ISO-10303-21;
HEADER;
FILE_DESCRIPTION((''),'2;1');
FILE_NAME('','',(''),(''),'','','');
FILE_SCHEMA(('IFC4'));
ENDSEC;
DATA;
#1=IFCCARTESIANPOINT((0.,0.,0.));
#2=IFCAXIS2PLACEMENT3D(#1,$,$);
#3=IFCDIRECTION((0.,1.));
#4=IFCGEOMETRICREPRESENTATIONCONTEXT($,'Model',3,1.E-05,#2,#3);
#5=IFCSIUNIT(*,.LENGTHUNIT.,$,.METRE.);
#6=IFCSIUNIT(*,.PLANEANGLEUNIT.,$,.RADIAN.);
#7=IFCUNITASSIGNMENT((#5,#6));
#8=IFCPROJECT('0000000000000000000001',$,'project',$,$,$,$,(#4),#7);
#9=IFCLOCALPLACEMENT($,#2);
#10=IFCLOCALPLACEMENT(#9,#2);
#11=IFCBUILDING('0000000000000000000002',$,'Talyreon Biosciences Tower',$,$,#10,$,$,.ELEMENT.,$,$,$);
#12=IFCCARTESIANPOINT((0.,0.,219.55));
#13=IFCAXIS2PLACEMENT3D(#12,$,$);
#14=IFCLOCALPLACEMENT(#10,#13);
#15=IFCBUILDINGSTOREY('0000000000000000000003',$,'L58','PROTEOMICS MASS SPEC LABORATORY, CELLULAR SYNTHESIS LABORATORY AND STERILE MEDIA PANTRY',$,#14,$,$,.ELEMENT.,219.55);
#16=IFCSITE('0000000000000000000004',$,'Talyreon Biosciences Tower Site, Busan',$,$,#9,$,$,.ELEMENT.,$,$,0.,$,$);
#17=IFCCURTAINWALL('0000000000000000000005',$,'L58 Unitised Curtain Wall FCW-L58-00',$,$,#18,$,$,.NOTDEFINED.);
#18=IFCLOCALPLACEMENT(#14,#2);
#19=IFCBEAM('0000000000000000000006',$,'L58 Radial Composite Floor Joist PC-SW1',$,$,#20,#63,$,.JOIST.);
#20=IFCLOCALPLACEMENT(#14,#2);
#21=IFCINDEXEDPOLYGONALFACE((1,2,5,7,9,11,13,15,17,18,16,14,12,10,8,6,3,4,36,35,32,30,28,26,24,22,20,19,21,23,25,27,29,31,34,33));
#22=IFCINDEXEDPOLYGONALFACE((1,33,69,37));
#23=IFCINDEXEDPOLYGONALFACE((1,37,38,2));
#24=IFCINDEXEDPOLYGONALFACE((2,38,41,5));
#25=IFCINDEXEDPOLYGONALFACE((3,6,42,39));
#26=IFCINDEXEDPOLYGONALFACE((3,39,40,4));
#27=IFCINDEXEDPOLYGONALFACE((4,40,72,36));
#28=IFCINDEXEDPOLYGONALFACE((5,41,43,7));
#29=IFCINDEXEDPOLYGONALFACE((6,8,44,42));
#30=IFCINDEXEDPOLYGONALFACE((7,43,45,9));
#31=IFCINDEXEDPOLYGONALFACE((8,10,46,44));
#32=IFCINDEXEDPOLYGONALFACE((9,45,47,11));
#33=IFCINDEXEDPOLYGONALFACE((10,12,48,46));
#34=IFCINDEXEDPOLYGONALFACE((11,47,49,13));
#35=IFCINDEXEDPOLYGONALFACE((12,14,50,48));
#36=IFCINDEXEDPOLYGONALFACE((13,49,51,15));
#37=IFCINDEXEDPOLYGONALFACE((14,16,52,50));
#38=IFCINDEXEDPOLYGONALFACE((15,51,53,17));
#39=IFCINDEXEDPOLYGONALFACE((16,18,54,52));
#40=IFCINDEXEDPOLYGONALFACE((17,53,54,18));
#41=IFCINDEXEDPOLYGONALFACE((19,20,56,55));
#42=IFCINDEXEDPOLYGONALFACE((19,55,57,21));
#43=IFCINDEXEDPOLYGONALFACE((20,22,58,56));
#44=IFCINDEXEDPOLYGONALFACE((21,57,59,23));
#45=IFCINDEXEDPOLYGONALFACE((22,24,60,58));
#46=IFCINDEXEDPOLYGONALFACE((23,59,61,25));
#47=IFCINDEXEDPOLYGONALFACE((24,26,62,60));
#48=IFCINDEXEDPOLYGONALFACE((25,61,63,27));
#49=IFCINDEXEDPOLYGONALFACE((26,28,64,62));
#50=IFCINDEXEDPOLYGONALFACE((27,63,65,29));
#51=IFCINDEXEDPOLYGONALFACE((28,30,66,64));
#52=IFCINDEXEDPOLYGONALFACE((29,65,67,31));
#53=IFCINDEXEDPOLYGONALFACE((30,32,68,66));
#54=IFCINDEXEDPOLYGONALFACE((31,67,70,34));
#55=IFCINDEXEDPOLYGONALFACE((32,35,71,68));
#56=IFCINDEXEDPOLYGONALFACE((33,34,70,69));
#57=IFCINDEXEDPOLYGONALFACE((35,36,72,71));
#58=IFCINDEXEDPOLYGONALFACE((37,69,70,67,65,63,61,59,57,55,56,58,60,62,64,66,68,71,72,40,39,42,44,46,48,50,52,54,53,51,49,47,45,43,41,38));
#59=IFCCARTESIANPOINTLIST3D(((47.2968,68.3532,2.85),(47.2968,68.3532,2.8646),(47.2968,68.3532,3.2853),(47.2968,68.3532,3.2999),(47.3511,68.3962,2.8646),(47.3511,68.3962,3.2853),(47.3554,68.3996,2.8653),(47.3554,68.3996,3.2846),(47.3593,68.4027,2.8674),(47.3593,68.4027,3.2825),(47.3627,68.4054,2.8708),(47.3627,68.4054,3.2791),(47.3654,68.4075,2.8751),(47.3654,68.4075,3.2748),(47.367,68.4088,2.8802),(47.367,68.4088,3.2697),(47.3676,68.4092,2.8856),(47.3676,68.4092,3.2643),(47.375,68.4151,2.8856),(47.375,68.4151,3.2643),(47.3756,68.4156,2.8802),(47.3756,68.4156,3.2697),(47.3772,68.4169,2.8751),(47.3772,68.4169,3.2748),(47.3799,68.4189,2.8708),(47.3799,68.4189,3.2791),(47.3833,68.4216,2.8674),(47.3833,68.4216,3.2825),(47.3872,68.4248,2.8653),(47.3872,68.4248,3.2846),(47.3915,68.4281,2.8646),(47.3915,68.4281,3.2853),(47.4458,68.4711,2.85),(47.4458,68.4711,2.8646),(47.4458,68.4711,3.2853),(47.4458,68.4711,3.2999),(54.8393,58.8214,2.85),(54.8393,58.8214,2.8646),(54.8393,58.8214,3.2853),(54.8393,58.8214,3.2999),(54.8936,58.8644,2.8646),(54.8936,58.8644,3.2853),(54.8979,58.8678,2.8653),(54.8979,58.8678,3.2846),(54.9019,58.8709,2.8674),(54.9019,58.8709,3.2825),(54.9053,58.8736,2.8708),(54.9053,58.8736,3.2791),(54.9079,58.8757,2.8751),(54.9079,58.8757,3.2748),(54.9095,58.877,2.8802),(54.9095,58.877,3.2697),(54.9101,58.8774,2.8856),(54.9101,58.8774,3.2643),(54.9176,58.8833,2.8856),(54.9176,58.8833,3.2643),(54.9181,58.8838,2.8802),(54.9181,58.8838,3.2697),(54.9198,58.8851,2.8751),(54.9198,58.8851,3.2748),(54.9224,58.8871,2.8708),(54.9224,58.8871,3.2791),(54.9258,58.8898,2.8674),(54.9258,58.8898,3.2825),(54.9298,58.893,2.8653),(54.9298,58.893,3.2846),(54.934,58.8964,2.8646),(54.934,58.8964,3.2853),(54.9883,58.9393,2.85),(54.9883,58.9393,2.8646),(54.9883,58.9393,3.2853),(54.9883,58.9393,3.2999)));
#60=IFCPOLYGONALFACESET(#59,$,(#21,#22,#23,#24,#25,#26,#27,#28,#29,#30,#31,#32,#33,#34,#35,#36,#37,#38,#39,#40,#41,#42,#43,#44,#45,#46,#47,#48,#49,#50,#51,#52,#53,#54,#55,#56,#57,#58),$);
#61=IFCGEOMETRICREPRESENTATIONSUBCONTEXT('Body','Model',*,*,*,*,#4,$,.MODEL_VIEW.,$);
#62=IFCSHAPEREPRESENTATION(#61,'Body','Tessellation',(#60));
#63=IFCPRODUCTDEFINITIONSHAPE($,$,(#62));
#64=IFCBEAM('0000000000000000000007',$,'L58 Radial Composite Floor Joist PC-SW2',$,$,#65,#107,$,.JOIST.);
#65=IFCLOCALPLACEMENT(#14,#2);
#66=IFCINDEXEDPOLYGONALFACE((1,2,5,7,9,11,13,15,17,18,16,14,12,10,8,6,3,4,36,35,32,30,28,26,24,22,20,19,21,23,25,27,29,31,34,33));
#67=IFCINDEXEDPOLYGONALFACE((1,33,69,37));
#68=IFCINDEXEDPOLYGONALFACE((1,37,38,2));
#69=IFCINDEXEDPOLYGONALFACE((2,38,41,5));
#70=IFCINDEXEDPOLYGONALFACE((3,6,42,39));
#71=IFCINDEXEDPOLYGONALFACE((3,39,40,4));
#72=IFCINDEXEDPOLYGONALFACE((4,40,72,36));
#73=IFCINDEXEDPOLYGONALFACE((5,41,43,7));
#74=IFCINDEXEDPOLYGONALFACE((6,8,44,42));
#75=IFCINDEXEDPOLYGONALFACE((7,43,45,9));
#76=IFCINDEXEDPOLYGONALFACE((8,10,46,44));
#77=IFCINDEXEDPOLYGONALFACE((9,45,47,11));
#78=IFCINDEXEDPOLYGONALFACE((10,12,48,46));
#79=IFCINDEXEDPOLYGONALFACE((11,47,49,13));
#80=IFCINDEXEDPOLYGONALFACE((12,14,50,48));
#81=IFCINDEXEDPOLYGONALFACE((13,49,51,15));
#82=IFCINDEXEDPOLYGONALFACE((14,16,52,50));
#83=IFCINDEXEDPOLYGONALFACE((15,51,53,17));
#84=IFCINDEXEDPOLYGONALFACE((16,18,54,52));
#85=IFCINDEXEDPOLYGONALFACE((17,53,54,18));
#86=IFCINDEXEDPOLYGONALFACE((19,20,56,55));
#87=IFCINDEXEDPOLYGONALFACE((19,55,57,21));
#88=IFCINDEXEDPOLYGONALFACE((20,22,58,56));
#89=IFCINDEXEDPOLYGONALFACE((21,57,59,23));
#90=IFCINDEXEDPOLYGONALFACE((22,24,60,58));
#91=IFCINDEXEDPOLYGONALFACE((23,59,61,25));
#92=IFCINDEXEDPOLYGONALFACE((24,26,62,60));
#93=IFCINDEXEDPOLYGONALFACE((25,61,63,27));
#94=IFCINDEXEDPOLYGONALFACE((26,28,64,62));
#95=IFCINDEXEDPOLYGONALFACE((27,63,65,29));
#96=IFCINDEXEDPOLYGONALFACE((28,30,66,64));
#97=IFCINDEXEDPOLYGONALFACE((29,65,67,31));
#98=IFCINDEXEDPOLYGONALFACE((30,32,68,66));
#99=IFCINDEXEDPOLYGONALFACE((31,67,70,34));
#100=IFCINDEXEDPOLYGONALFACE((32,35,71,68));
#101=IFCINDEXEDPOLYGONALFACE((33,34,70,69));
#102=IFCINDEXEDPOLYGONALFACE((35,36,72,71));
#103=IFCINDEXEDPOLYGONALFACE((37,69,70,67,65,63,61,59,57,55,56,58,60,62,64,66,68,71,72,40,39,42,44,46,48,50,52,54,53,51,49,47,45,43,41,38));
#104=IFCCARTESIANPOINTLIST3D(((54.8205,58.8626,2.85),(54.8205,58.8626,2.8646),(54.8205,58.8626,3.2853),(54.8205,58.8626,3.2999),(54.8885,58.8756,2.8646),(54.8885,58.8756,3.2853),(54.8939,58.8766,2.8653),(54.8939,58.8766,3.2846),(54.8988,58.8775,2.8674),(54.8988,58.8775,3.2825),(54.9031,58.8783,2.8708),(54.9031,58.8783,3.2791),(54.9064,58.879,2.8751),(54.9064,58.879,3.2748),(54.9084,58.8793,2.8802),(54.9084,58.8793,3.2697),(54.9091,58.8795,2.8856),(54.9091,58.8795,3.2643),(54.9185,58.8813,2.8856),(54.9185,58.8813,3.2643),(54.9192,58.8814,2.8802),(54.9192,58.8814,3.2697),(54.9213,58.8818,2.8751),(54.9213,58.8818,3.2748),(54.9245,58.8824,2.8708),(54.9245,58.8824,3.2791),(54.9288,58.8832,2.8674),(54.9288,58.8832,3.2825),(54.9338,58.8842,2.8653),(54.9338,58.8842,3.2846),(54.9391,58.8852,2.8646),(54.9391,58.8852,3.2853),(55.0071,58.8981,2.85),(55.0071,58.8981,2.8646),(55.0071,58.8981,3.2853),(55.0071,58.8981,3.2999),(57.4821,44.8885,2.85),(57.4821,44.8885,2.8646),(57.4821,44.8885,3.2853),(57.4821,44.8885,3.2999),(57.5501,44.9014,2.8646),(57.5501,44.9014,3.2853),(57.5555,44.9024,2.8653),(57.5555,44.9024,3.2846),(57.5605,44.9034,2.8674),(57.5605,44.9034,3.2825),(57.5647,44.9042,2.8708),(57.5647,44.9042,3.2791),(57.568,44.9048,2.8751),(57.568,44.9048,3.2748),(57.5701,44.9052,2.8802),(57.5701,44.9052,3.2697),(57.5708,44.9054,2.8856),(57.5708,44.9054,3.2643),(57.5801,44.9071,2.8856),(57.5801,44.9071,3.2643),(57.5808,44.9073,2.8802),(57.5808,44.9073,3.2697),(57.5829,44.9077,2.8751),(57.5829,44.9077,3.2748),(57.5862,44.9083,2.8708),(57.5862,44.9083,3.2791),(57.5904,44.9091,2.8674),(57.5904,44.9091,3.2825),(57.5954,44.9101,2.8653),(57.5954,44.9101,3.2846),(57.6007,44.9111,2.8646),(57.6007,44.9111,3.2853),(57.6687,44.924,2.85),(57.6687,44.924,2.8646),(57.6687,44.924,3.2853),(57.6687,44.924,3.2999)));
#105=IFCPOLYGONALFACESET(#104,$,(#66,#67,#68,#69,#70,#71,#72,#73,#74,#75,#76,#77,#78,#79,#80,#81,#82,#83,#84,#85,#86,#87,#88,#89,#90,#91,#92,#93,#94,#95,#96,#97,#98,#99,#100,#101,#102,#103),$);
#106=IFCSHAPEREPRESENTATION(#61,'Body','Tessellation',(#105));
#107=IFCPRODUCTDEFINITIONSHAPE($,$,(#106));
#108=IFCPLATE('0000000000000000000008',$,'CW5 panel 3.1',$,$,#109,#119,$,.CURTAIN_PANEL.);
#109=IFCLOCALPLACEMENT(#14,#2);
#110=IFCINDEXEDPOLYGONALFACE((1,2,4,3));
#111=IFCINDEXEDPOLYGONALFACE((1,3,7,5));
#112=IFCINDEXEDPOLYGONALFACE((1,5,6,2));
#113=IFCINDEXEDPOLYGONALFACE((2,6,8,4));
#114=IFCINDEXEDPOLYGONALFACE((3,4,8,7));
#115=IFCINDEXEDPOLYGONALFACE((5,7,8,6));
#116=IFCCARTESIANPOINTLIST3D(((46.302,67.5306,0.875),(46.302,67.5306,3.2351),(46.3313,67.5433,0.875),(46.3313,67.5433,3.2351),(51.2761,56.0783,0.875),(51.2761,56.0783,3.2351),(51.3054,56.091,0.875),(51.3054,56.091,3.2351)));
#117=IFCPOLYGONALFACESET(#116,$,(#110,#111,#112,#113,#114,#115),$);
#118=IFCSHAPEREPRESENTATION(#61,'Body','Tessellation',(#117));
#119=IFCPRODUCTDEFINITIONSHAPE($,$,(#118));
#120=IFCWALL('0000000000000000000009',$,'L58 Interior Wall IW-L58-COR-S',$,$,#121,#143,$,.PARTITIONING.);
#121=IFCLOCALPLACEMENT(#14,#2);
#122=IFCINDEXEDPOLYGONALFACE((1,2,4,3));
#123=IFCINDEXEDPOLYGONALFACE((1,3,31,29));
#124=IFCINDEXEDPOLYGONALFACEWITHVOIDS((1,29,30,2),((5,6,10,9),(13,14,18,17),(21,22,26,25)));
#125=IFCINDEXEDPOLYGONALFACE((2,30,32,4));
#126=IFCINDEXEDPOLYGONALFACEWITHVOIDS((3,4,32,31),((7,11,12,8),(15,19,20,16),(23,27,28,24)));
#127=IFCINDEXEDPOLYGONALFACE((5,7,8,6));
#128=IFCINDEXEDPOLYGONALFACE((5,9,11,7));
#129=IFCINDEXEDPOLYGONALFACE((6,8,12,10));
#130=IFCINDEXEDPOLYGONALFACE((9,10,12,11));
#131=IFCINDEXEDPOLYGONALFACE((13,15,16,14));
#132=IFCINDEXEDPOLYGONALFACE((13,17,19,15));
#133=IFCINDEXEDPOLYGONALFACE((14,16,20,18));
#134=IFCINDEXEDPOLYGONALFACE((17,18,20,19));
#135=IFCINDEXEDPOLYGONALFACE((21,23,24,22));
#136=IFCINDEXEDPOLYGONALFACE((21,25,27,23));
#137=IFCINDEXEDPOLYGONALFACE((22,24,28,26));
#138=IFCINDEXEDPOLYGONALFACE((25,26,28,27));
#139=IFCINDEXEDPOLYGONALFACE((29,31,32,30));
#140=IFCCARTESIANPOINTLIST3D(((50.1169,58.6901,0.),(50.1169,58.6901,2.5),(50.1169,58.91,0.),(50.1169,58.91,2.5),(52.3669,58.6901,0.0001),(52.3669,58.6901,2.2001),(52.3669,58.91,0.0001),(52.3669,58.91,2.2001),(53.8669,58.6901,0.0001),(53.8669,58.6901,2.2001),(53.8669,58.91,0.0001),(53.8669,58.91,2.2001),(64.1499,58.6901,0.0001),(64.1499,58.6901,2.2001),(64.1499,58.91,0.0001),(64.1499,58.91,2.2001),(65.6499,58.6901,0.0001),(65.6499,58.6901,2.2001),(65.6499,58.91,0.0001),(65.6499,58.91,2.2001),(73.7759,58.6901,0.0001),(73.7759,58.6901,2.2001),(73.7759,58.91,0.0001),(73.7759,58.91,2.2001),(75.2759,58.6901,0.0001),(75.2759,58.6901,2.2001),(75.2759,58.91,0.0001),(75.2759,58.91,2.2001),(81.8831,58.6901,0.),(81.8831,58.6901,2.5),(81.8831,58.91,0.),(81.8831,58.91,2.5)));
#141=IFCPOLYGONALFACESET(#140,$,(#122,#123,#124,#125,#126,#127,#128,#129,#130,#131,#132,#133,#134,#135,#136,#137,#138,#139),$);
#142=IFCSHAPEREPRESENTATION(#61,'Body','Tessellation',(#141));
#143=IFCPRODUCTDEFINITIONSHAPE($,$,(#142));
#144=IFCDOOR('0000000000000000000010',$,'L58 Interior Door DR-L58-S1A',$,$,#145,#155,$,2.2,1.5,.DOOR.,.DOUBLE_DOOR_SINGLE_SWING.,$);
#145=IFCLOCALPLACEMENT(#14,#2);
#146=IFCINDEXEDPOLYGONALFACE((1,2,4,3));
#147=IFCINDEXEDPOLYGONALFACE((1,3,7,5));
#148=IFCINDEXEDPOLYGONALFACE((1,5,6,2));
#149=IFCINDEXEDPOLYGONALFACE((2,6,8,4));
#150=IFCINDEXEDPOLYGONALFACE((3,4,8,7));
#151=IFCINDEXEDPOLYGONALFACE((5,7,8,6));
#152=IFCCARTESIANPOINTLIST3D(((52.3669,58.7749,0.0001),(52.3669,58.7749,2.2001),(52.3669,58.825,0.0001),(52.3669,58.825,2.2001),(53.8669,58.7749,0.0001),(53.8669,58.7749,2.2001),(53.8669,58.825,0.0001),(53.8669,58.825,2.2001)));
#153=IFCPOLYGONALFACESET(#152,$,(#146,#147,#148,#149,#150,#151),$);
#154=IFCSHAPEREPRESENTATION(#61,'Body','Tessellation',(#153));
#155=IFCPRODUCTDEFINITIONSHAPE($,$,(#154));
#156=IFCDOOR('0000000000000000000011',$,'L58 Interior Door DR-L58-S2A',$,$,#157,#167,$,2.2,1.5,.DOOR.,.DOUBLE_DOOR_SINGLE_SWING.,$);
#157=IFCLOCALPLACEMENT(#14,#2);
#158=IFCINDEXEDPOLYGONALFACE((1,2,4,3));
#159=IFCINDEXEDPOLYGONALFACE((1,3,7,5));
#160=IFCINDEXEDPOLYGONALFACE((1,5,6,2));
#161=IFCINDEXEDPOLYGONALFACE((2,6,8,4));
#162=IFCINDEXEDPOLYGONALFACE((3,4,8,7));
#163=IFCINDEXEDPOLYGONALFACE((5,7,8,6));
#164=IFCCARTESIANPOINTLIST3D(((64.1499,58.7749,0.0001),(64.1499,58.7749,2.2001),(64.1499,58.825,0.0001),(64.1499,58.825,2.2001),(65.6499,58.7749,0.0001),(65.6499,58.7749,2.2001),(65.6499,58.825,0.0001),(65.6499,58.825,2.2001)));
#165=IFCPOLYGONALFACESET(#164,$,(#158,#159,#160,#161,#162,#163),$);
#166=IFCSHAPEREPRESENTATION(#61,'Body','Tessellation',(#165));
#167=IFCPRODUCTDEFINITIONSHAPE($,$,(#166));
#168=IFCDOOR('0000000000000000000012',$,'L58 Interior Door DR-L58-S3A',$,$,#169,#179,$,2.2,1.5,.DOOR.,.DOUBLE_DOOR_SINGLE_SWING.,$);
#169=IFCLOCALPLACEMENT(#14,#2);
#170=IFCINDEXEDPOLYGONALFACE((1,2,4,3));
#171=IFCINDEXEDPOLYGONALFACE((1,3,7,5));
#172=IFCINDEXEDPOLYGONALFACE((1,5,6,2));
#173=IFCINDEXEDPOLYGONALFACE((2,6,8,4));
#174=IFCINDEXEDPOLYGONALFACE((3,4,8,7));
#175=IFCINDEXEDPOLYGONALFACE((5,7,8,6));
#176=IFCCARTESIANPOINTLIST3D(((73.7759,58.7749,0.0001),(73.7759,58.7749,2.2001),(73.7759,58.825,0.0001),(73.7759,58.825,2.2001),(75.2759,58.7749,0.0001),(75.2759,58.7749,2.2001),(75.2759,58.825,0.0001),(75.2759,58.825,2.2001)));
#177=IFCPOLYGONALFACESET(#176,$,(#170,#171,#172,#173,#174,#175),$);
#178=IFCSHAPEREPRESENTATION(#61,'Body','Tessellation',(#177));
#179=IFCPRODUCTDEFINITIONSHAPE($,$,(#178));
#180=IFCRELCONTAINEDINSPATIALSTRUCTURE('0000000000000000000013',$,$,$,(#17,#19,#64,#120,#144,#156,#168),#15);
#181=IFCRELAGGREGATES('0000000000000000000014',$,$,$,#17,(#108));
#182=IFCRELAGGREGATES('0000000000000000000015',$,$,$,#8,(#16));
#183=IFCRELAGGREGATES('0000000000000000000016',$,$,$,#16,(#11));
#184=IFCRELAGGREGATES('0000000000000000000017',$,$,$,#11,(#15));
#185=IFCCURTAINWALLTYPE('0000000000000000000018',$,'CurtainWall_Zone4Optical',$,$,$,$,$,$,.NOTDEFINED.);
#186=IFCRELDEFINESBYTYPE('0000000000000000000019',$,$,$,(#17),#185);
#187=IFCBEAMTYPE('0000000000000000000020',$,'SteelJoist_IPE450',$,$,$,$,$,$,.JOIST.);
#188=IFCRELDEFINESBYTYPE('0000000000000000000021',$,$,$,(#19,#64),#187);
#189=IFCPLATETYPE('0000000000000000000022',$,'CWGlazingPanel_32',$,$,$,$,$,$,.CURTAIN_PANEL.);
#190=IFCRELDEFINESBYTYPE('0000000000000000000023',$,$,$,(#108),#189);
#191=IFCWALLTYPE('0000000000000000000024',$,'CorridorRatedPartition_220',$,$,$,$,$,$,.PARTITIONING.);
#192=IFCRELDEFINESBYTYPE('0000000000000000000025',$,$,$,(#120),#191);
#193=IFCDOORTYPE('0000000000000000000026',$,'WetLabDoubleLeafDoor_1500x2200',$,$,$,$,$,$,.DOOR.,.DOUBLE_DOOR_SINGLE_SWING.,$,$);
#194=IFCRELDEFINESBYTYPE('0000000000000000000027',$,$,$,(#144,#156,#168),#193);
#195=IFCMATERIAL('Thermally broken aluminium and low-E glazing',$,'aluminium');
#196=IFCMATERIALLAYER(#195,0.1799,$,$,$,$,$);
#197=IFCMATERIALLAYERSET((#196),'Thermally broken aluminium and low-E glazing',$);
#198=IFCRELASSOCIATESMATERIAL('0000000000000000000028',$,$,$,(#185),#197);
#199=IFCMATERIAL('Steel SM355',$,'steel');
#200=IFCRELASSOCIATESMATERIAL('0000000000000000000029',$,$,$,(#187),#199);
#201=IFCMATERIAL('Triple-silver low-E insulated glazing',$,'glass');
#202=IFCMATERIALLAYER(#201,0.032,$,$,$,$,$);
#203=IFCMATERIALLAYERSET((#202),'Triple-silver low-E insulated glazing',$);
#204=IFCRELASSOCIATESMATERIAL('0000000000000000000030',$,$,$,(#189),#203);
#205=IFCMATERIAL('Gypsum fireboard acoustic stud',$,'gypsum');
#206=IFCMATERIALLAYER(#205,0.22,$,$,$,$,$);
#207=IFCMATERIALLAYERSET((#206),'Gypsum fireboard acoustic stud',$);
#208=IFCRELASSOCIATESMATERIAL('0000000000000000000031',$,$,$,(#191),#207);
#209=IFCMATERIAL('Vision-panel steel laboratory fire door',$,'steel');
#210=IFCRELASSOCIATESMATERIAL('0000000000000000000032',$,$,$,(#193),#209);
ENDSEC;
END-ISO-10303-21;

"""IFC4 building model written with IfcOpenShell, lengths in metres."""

from ifc_helpers import new_model, si_unit, direction, frame, frame_2d, origin, origin_2d, place, context, subcontext, project, spatial, rectangle, i_section, extrude, material, layer, layer_set, material_profile, profile_set, type_object, element, fill, aggregate, save


model = new_model("IFC4")

# Units and contexts
model_context = context("Model", 3, precision=1e-05, world=origin(), true_north=direction((0.0, 1.0)))
body_context = subcontext(model_context, "Body", "Model", "MODEL_VIEW")
ifc_project = project(units=[si_unit("LENGTHUNIT", "METRE"), si_unit("PLANEANGLEUNIT", "RADIAN")], contexts=[model_context])

# Site, building, storey
site_placement = place(None, origin())
site = spatial("IfcSite", under=ifc_project, at=site_placement, Name="Talyreon Biosciences Tower Site, Busan", CompositionType="ELEMENT", RefElevation=0.0)
building_placement = place(site_placement, origin())
building = spatial("IfcBuilding", under=site, at=building_placement, Name="Talyreon Biosciences Tower", CompositionType="ELEMENT")
storey_placement = place(building_placement, frame((0.0, 0.0, 219.55)))
storey = spatial("IfcBuildingStorey", under=building, at=storey_placement, Name="L58", Description="PROTEOMICS MASS SPEC LABORATORY, CELLULAR SYNTHESIS LABORATORY AND STERILE MEDIA PANTRY", CompositionType="ELEMENT", Elevation=219.55)

# Curtain wall
ifc_material_1 = material(Name="Thermally broken aluminium and low-E glazing", Category="aluminium")
ifc_layer_1 = layer(ifc_material_1, 0.1799)
ifc_layer_set_1 = layer_set([ifc_layer_1], Name="Thermally broken aluminium and low-E glazing")
curtain_wall_type = type_object("IfcCurtainWallType", Name="CurtainWall_Zone4Optical", PredefinedType="NOTDEFINED", material=ifc_layer_set_1)
curtain_wall_placement = place(storey_placement, origin())
curtain_wall = element("IfcCurtainWall", 1, at=curtain_wall_placement, inside=storey, type_object=curtain_wall_type, Name="L58 Unitised Curtain Wall FCW-L58-00", PredefinedType="NOTDEFINED")

# Beams
ifc_material_2 = material(Name="Steel SM355", Category="steel")
ifc_material_profile_1 = material_profile(ifc_material_2, i_section(OverallWidth=0.1899, OverallDepth=0.45, WebThickness=0.0095, FlangeThickness=0.0146, FilletRadius=0.021, at=origin_2d()), Name="IPE450")
ifc_profile_set_1 = profile_set([ifc_material_profile_1], Name="Steel SM355")
beam_type_1 = type_object("IfcBeamType", Name="SteelJoist_IPE450", PredefinedType="JOIST", material=ifc_profile_set_1)
beam_1_placement = place(storey_placement, frame((54.9138, 58.8804, 3.075), z_axis=(-0.620527, 0.784185, 0.0), x_axis=(-0.784185, -0.620527, 0.0)))
element("IfcBeam", 2, at=beam_1_placement, inside=storey, type_object=beam_type_1, Name="L58 Radial Composite Floor Joist PC-SW1", PredefinedType="JOIST", context=body_context, shape_type="SweptSolid", body=[
    extrude(i_section(OverallWidth=0.1899, OverallDepth=0.45, WebThickness=0.0095, FlangeThickness=0.0146, FilletRadius=0.021, at=origin_2d()), origin(), (0.0, 0.0, 1.0), 12.155),
])
beam_2_placement = place(storey_placement, frame((54.9138, 58.8804, 3.075), z_axis=(0.187104, -0.98234, 0.0), x_axis=(0.98234, 0.187104, 0.0)))
element("IfcBeam", 3, at=beam_2_placement, inside=storey, type_object=beam_type_1, Name="L58 Radial Composite Floor Joist PC-SW2", PredefinedType="JOIST", context=body_context, shape_type="SweptSolid", body=[
    extrude(i_section(OverallWidth=0.1899, OverallDepth=0.45, WebThickness=0.0095, FlangeThickness=0.0146, FilletRadius=0.021, at=origin_2d()), origin(), (0.0, 0.0, 1.0), 14.2253),
])

# Plate
ifc_material_3 = material(Name="Triple-silver low-E insulated glazing", Category="glass")
ifc_layer_2 = layer(ifc_material_3, 0.032)
ifc_layer_set_2 = layer_set([ifc_layer_2], Name="Triple-silver low-E insulated glazing")
plate_type = type_object("IfcPlateType", Name="CWGlazingPanel_32", PredefinedType="CURTAIN_PANEL", material=ifc_layer_set_2)
plate_placement = place(storey_placement, frame((48.8037, 61.8108, 0.875), z_axis=(0.0, 0.0, 1.0), x_axis=(-0.398376, 0.917222, 0.0)))
plate = element("IfcPlate", 4, at=plate_placement, type_object=plate_type, Name="CW5 panel 3.1", PredefinedType="CURTAIN_PANEL", context=body_context, shape_type="SweptSolid", body=[
    extrude(rectangle(XDim=12.4858, YDim=0.032, at=origin_2d()), origin(), (0.0, 0.0, 1.0), 2.3601),
])
aggregate(curtain_wall, [plate])

# Wall, openings, doors
ifc_material_4 = material(Name="Gypsum fireboard acoustic stud", Category="gypsum")
ifc_layer_3 = layer(ifc_material_4, 0.22)
ifc_layer_set_3 = layer_set([ifc_layer_3], Name="Gypsum fireboard acoustic stud")
wall_type = type_object("IfcWallType", Name="CorridorRatedPartition_220", PredefinedType="PARTITIONING", material=ifc_layer_set_3)
wall_placement = place(storey_placement, frame((50.1169, 58.8, 0.0), z_axis=(0.0, 0.0, 1.0), x_axis=(1.0, 0.0, 0.0)))
wall = element("IfcWall", 5, at=wall_placement, inside=storey, type_object=wall_type, Name="L58 Interior Wall IW-L58-COR-S", PredefinedType="PARTITIONING", context=body_context, shape_type="SweptSolid", body=[
    extrude(rectangle(XDim=31.7661, YDim=0.22, at=frame_2d((15.8831, 0.0))), origin(), (0.0, 0.0, 1.0), 2.5),
])
opening_1_placement = place(wall_placement, frame((2.25, 0.0, 0.0)))
opening_1 = element("IfcOpeningElement", 6, at=opening_1_placement, cuts=wall, PredefinedType="OPENING", context=body_context, shape_type="SweptSolid", body=[
    extrude(rectangle(XDim=1.5, YDim=2.2, at=frame_2d((0.75, 1.1001))), frame((0.0, 0.1199, 0.0), z_axis=(0.0, -1.0, 0.0), x_axis=(1.0, 0.0, 0.0)), (0.0, 0.0, 1.0), 0.24),
])
opening_2_placement = place(wall_placement, frame((14.033, 0.0, 0.0)))
opening_2 = element("IfcOpeningElement", 7, at=opening_2_placement, cuts=wall, PredefinedType="OPENING", context=body_context, shape_type="SweptSolid", body=[
    extrude(rectangle(XDim=1.5, YDim=2.2, at=frame_2d((0.75, 1.1001))), frame((0.0, 0.1199, 0.0), z_axis=(0.0, -1.0, 0.0), x_axis=(1.0, 0.0, 0.0)), (0.0, 0.0, 1.0), 0.24),
])
opening_3_placement = place(wall_placement, frame((23.6589, 0.0, 0.0)))
opening_3 = element("IfcOpeningElement", 8, at=opening_3_placement, cuts=wall, PredefinedType="OPENING", context=body_context, shape_type="SweptSolid", body=[
    extrude(rectangle(XDim=1.5, YDim=2.2, at=frame_2d((0.75, 1.1001))), frame((0.0, 0.1199, 0.0), z_axis=(0.0, -1.0, 0.0), x_axis=(1.0, 0.0, 0.0)), (0.0, 0.0, 1.0), 0.24),
])
ifc_material_5 = material(Name="Vision-panel steel laboratory fire door", Category="steel")
door_type = type_object("IfcDoorType", Name="WetLabDoubleLeafDoor_1500x2200", OperationType="DOUBLE_DOOR_SINGLE_SWING", PredefinedType="DOOR", material=ifc_material_5)
door_1_placement = place(opening_1_placement, origin())
door_1 = element("IfcDoor", 9, at=door_1_placement, inside=storey, type_object=door_type, Name="L58 Interior Door DR-L58-S1A", OperationType="DOUBLE_DOOR_SINGLE_SWING", OverallHeight=2.2, OverallWidth=1.5, PredefinedType="DOOR", context=body_context, shape_type="SweptSolid", body=[
    extrude(rectangle(XDim=1.5, YDim=2.2, at=frame_2d((0.75, 1.1001))), frame((0.0, 0.0249, 0.0), z_axis=(0.0, -1.0, 0.0), x_axis=(1.0, 0.0, 0.0)), (0.0, 0.0, 1.0), 0.05),
])
fill(opening_1, door_1)
door_2_placement = place(opening_2_placement, origin())
door_2 = element("IfcDoor", 10, at=door_2_placement, inside=storey, type_object=door_type, Name="L58 Interior Door DR-L58-S2A", OperationType="DOUBLE_DOOR_SINGLE_SWING", OverallHeight=2.2, OverallWidth=1.5, PredefinedType="DOOR", context=body_context, shape_type="SweptSolid", body=[
    extrude(rectangle(XDim=1.5, YDim=2.2, at=frame_2d((0.75, 1.1001))), frame((0.0, 0.0249, 0.0), z_axis=(0.0, -1.0, 0.0), x_axis=(1.0, 0.0, 0.0)), (0.0, 0.0, 1.0), 0.05),
])
fill(opening_2, door_2)
door_3_placement = place(opening_3_placement, origin())
door_3 = element("IfcDoor", 11, at=door_3_placement, inside=storey, type_object=door_type, Name="L58 Interior Door DR-L58-S3A", OperationType="DOUBLE_DOOR_SINGLE_SWING", OverallHeight=2.2, OverallWidth=1.5, PredefinedType="DOOR", context=body_context, shape_type="SweptSolid", body=[
    extrude(rectangle(XDim=1.5, YDim=2.2, at=frame_2d((0.75, 1.1001))), frame((0.0, 0.0249, 0.0), z_axis=(0.0, -1.0, 0.0), x_axis=(1.0, 0.0, 0.0)), (0.0, 0.0, 1.0), 0.05),
])
fill(opening_3, door_3)

save(model, "model.ifc")
